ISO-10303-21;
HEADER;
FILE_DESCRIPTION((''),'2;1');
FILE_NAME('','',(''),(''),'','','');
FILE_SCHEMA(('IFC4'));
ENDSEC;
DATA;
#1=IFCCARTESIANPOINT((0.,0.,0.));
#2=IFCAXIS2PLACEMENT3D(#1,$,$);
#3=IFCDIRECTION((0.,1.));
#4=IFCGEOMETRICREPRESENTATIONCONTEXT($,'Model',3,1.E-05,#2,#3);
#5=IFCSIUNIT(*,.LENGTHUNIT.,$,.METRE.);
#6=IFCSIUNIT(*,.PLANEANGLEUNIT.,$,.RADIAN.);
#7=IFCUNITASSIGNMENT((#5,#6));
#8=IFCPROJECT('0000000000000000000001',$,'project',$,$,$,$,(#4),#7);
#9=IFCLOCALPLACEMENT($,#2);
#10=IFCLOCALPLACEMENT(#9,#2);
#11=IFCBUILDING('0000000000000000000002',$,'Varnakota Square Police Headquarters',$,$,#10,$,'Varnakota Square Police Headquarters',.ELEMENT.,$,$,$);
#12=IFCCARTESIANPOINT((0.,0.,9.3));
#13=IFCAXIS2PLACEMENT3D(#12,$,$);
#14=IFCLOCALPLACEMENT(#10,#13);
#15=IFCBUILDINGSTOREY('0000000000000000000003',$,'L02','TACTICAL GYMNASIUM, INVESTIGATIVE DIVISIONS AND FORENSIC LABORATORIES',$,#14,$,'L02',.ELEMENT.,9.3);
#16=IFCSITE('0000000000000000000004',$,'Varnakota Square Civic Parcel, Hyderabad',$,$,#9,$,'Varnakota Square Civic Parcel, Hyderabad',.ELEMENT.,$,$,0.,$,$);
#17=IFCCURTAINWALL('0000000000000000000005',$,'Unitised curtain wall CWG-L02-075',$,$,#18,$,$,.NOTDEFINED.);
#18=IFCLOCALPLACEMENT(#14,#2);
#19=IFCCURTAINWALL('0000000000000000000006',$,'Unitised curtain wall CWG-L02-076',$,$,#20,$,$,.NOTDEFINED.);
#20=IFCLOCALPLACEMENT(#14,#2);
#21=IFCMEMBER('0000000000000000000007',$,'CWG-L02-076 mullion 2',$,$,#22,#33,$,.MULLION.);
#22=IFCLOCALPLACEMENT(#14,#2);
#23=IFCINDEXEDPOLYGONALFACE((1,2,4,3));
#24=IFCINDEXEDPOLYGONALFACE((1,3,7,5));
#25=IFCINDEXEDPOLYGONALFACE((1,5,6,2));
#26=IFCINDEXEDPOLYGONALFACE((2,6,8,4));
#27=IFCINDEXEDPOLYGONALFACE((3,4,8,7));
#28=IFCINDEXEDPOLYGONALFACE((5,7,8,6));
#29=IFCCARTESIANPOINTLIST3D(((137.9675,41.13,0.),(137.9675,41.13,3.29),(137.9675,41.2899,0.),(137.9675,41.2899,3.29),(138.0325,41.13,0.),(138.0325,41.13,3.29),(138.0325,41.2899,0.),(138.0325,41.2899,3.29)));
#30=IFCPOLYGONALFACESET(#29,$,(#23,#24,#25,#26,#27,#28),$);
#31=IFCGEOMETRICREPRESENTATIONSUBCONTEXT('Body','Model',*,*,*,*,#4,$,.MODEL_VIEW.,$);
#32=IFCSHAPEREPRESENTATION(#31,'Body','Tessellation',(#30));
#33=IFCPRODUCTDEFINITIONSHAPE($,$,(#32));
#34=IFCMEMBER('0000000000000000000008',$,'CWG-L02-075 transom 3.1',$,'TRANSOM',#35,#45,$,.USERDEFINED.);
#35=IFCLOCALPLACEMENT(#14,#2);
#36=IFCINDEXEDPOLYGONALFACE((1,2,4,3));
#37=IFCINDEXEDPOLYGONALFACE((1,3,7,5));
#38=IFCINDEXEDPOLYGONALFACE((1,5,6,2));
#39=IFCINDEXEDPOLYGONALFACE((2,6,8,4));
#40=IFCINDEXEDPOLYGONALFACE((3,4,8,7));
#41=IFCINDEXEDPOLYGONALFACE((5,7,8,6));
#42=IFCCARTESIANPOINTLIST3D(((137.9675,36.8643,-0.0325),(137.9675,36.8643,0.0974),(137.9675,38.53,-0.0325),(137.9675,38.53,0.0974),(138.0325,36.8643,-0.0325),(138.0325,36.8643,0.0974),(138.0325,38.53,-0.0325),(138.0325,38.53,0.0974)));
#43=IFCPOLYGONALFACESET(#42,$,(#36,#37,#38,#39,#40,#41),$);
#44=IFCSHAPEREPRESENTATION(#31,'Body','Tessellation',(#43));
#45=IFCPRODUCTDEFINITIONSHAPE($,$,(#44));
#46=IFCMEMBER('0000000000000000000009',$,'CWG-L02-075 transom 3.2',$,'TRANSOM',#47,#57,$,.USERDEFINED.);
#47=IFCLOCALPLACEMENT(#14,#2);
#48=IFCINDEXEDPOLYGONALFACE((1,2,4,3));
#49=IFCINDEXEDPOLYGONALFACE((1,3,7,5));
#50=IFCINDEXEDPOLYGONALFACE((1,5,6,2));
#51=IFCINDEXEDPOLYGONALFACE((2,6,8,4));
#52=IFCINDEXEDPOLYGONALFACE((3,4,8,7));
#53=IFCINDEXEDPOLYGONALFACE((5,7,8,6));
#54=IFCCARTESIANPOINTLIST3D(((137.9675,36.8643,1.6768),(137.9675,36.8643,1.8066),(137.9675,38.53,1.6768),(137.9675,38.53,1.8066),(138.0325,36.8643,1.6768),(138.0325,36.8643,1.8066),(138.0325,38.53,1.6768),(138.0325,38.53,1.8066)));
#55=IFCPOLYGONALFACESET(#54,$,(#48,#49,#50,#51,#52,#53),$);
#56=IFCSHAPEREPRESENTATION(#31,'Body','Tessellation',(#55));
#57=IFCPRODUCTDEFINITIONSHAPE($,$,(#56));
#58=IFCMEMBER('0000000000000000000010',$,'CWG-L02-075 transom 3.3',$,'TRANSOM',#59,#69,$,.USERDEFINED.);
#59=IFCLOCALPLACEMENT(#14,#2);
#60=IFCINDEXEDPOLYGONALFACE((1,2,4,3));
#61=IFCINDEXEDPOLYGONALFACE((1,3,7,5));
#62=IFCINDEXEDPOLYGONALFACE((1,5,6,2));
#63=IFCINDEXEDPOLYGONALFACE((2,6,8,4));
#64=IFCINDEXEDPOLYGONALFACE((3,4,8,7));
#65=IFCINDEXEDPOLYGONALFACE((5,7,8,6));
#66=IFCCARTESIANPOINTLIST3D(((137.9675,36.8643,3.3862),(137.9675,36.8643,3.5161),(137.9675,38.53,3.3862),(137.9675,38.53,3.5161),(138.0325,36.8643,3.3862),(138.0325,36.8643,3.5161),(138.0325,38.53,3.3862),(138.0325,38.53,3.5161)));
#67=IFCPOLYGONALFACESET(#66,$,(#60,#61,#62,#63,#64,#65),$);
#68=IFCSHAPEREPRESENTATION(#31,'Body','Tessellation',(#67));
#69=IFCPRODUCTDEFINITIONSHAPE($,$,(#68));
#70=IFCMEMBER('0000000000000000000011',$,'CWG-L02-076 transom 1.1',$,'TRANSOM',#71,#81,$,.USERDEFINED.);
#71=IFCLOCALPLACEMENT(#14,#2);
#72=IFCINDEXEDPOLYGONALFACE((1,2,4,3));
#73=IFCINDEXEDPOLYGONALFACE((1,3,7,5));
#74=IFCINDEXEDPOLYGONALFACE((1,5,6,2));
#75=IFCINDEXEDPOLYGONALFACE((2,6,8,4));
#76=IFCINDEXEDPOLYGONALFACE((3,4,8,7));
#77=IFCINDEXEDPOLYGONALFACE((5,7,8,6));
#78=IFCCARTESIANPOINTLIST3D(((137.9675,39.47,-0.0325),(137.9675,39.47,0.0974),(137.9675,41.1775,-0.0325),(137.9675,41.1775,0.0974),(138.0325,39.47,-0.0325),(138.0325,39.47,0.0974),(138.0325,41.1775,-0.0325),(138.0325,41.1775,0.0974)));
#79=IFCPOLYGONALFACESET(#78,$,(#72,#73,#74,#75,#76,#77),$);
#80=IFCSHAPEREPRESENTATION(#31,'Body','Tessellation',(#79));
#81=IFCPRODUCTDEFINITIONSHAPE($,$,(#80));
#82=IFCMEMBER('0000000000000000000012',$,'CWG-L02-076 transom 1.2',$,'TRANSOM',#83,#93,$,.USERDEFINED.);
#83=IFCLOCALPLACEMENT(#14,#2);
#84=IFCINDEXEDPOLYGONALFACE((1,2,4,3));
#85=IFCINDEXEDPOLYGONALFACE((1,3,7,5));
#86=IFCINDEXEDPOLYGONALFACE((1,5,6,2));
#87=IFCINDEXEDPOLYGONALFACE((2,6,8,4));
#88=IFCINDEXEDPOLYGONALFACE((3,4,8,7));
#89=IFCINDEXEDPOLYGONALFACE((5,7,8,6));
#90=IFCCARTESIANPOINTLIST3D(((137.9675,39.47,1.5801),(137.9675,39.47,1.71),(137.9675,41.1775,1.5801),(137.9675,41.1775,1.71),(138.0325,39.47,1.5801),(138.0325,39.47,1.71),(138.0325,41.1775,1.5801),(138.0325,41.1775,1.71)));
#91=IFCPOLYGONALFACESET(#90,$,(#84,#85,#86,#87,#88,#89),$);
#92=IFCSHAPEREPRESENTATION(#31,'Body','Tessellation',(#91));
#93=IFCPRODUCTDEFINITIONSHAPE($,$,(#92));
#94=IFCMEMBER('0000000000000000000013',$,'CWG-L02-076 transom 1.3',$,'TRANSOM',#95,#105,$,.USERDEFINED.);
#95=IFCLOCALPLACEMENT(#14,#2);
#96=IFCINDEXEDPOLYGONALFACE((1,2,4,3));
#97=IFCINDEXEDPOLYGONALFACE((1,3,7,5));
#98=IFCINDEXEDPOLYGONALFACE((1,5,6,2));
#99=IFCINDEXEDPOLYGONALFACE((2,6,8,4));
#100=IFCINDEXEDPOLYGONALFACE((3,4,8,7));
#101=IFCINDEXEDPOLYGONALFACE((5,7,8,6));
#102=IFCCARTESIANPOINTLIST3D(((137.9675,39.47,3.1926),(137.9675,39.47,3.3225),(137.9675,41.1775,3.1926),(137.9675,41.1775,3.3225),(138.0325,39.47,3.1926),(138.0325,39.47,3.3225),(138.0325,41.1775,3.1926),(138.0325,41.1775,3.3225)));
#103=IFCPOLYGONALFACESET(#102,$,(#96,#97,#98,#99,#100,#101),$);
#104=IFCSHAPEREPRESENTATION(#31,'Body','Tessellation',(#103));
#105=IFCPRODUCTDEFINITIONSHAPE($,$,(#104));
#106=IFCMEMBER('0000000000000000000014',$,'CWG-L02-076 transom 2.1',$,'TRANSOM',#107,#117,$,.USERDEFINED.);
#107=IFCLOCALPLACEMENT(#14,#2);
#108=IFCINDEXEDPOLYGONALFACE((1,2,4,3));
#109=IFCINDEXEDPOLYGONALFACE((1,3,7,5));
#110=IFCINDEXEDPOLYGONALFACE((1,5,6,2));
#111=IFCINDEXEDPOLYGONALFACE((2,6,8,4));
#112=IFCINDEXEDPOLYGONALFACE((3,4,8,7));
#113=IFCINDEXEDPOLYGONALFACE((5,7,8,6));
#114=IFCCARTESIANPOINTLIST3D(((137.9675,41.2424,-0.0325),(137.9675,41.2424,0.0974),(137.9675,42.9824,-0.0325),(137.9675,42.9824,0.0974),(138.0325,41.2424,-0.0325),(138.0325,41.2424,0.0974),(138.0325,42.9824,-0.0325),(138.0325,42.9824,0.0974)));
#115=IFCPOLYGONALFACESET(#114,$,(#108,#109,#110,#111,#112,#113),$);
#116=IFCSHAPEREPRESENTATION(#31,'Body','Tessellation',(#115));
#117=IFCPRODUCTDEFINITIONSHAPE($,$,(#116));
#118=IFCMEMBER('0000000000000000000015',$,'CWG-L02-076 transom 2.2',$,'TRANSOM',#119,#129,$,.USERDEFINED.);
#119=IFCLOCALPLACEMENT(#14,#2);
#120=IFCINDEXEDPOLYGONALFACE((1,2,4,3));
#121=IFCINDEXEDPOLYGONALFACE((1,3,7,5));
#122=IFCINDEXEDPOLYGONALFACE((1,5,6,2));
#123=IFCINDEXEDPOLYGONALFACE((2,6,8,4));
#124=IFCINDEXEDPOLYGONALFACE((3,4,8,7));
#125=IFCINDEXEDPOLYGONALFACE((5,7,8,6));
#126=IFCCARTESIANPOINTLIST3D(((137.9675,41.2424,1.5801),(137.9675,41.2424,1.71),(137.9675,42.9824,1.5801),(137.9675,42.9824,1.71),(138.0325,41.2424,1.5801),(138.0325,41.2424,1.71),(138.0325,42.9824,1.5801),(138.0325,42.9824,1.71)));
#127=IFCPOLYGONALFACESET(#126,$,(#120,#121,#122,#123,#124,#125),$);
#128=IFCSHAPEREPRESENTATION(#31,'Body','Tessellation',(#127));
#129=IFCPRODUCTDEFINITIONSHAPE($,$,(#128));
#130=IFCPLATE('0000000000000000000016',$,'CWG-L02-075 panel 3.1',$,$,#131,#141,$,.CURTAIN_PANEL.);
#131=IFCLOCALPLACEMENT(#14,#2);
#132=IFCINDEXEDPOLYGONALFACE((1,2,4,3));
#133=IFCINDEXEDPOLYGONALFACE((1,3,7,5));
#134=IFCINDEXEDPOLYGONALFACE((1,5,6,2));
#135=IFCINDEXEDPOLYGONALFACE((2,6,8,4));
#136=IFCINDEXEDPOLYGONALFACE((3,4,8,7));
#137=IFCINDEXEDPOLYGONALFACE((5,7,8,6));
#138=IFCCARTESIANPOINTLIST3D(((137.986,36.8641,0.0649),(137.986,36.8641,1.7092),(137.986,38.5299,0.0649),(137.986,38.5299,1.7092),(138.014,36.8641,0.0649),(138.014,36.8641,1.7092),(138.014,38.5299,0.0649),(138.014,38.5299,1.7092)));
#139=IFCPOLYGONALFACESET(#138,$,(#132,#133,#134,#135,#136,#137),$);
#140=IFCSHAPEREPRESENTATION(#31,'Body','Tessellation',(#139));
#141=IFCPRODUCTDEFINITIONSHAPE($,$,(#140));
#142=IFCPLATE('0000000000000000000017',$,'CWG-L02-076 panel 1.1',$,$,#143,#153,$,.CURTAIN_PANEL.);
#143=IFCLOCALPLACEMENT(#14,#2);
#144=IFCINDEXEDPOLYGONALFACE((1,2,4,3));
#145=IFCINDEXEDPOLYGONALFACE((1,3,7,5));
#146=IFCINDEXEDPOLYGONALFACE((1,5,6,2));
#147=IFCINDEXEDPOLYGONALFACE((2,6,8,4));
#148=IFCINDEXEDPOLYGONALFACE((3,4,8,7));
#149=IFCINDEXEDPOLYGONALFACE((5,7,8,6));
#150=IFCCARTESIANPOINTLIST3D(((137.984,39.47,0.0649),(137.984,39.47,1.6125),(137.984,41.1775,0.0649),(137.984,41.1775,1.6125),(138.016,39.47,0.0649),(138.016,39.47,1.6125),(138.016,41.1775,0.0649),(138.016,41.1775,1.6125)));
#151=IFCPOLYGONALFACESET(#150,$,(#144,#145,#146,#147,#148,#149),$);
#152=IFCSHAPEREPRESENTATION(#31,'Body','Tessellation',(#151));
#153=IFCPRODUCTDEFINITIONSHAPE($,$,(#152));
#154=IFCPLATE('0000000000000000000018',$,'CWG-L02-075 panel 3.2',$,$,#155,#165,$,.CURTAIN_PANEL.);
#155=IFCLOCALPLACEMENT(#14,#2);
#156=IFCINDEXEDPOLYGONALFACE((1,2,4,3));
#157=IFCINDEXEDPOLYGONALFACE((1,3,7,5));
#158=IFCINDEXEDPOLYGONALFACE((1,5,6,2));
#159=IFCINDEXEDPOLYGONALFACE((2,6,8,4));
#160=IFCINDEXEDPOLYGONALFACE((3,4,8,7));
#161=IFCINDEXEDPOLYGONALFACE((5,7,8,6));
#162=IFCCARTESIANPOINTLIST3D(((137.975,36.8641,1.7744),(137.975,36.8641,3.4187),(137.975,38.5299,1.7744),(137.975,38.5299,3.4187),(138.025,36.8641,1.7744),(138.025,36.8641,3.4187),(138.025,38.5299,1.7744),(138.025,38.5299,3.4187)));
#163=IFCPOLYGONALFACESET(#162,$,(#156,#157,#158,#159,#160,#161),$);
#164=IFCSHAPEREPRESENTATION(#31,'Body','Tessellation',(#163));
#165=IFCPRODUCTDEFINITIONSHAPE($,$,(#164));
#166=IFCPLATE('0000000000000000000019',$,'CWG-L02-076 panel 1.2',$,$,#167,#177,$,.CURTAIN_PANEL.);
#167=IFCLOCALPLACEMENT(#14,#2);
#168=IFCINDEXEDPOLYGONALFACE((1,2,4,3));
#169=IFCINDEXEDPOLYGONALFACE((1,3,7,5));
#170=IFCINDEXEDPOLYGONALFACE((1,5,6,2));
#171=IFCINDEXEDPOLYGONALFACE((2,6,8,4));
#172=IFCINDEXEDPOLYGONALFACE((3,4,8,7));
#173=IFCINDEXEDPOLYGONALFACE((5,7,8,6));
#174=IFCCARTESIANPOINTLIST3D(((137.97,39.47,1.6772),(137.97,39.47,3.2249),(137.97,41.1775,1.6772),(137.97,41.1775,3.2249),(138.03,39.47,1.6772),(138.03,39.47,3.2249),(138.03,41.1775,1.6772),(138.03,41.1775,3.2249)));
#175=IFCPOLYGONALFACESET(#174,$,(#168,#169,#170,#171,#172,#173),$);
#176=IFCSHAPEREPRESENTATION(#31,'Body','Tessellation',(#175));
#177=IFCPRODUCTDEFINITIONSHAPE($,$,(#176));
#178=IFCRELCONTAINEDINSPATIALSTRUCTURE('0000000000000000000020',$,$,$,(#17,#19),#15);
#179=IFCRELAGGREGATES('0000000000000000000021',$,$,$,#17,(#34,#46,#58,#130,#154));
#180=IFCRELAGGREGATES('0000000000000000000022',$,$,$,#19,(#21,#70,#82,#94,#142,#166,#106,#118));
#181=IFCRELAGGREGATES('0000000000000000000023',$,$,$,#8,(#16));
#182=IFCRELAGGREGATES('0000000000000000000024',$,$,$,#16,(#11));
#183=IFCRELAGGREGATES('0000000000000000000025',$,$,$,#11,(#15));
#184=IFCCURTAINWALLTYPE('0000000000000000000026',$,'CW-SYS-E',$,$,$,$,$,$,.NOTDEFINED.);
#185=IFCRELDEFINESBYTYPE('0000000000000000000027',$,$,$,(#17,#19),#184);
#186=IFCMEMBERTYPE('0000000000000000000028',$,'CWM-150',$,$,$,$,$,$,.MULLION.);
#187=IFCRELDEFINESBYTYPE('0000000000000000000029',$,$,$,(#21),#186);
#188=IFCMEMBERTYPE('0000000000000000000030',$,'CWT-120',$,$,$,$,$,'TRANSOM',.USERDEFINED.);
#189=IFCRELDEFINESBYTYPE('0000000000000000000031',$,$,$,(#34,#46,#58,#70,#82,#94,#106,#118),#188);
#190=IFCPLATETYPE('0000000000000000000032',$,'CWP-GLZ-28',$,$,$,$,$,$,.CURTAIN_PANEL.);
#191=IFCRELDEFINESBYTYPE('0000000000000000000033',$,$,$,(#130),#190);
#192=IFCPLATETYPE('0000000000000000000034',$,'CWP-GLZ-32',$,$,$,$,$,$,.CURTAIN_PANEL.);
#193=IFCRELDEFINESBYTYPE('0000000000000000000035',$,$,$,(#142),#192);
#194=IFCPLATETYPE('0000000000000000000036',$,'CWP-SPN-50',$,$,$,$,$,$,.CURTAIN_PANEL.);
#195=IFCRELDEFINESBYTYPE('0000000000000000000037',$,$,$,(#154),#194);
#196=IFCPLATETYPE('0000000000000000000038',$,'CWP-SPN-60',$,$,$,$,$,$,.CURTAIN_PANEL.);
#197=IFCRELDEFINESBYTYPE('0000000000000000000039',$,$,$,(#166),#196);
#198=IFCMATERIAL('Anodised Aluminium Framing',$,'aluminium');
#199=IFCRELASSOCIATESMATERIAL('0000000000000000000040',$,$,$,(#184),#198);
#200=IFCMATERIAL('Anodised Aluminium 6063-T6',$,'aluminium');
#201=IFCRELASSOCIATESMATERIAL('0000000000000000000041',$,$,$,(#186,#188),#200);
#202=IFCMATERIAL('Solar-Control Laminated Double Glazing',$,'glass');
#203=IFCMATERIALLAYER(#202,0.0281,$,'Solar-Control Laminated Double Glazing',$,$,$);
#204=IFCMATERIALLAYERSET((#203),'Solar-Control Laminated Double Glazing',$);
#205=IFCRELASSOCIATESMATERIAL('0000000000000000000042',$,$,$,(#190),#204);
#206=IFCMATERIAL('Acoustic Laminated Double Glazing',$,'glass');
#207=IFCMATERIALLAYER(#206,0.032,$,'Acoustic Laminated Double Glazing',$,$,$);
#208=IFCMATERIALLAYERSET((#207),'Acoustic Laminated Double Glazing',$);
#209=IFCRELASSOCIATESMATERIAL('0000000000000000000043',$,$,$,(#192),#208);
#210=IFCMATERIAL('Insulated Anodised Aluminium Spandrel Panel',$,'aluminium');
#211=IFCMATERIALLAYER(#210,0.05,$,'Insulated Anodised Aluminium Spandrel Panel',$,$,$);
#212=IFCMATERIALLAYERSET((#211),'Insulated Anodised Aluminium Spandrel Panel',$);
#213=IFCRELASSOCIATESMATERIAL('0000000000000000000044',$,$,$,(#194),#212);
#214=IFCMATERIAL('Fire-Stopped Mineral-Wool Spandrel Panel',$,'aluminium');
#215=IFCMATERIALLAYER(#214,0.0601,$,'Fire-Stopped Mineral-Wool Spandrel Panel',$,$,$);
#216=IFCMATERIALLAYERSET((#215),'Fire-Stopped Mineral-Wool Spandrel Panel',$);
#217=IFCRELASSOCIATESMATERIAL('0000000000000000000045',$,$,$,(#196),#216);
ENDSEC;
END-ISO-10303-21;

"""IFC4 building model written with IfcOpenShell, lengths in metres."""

from ifc_helpers import new_model, si_unit, direction, frame, origin, origin_2d, place, context, subcontext, project, spatial, rectangle, extrude, material, layer, layer_set, material_profile, profile_set, type_object, element, aggregate, save


model = new_model("IFC4")

# Units and contexts
model_context = context("Model", 3, precision=1e-05, world=origin(), true_north=direction((0.0, 1.0)))
body_context = subcontext(model_context, "Body", "Model", "MODEL_VIEW")
ifc_project = project(units=[si_unit("LENGTHUNIT", "METRE"), si_unit("PLANEANGLEUNIT", "RADIAN")], contexts=[model_context])

# Site, building, storey
site_placement = place(None, origin())
site = spatial("IfcSite", under=ifc_project, at=site_placement, Name="Varnakota Square Civic Parcel, Hyderabad", LongName="Varnakota Square Civic Parcel, Hyderabad", CompositionType="ELEMENT", RefElevation=0.0)
building_placement = place(site_placement, origin())
building = spatial("IfcBuilding", under=site, at=building_placement, Name="Varnakota Square Police Headquarters", LongName="Varnakota Square Police Headquarters", CompositionType="ELEMENT")
storey_placement = place(building_placement, frame((0.0, 0.0, 9.3)))
storey = spatial("IfcBuildingStorey", under=building, at=storey_placement, Name="L02", Description="TACTICAL GYMNASIUM, INVESTIGATIVE DIVISIONS AND FORENSIC LABORATORIES", LongName="L02", CompositionType="ELEMENT", Elevation=9.3)

# Curtain walls, member
ifc_material_1 = material(Name="Anodised Aluminium Framing", Category="aluminium")
curtain_wall_type = type_object("IfcCurtainWallType", Name="CW-SYS-E", PredefinedType="NOTDEFINED", material=ifc_material_1)
curtain_wall_1_placement = place(storey_placement, origin())
curtain_wall_1 = element("IfcCurtainWall", 1, at=curtain_wall_1_placement, inside=storey, type_object=curtain_wall_type, Name="Unitised curtain wall CWG-L02-075", PredefinedType="NOTDEFINED")
ifc_material_2 = material(Name="Anodised Aluminium 6063-T6", Category="aluminium")
ifc_material_profile_1 = material_profile(ifc_material_2, rectangle(XDim=0.0649, YDim=0.1599, at=origin_2d()), Name="ALU MULLION 65x160")
ifc_profile_set_1 = profile_set([ifc_material_profile_1], Name="Anodised Aluminium 6063-T6")
member_type_1 = type_object("IfcMemberType", Name="CWM-150", PredefinedType="MULLION", material=ifc_profile_set_1)
curtain_wall_2_placement = place(storey_placement, origin())
curtain_wall_2 = element("IfcCurtainWall", 2, at=curtain_wall_2_placement, inside=storey, type_object=curtain_wall_type, Name="Unitised curtain wall CWG-L02-076", PredefinedType="NOTDEFINED")
member_1_placement = place(storey_placement, frame((138.0, 41.21, 0.0), z_axis=(0.0, 0.0, 1.0), x_axis=(-1.0, 0.0, 0.0)))
member_1 = element("IfcMember", 3, at=member_1_placement, type_object=member_type_1, Name="CWG-L02-076 mullion 2", PredefinedType="MULLION", context=body_context, shape_type="SweptSolid", body=[
    extrude(rectangle(XDim=0.0649, YDim=0.1599, at=origin_2d()), origin(), (0.0, 0.0, 1.0), 3.29),
])

# Members
ifc_material_profile_2 = material_profile(ifc_material_2, rectangle(XDim=0.0649, YDim=0.1299, at=origin_2d()), Name="ALU TRANSOM 65x130")
ifc_profile_set_2 = profile_set([ifc_material_profile_2], Name="Anodised Aluminium 6063-T6")
member_type_2 = type_object("IfcMemberType", Name="CWT-120", ElementType="TRANSOM", PredefinedType="USERDEFINED", material=ifc_profile_set_2)
member_2_placement = place(storey_placement, frame((138.0, 36.8643, 0.0325), z_axis=(0.0, 1.0, 0.0), x_axis=(-1.0, 0.0, 0.0)))
member_2 = element("IfcMember", 4, at=member_2_placement, type_object=member_type_2, Name="CWG-L02-075 transom 3.1", ObjectType="TRANSOM", PredefinedType="USERDEFINED", context=body_context, shape_type="SweptSolid", body=[
    extrude(rectangle(XDim=0.0649, YDim=0.1299, at=origin_2d()), origin(), (0.0, 0.0, 1.0), 1.6658),
])
member_3_placement = place(storey_placement, frame((138.0, 36.8643, 1.7417), z_axis=(0.0, 1.0, 0.0), x_axis=(-1.0, 0.0, 0.0)))
member_3 = element("IfcMember", 5, at=member_3_placement, type_object=member_type_2, Name="CWG-L02-075 transom 3.2", ObjectType="TRANSOM", PredefinedType="USERDEFINED", context=body_context, shape_type="SweptSolid", body=[
    extrude(rectangle(XDim=0.0649, YDim=0.1299, at=origin_2d()), origin(), (0.0, 0.0, 1.0), 1.6658),
])
member_4_placement = place(storey_placement, frame((138.0, 36.8643, 3.4512), z_axis=(0.0, 1.0, 0.0), x_axis=(-1.0, 0.0, 0.0)))
member_4 = element("IfcMember", 6, at=member_4_placement, type_object=member_type_2, Name="CWG-L02-075 transom 3.3", ObjectType="TRANSOM", PredefinedType="USERDEFINED", context=body_context, shape_type="SweptSolid", body=[
    extrude(rectangle(XDim=0.0649, YDim=0.1299, at=origin_2d()), origin(), (0.0, 0.0, 1.0), 1.6658),
])
member_5_placement = place(storey_placement, frame((138.0, 39.47, 0.0325), z_axis=(0.0, 1.0, 0.0), x_axis=(-1.0, 0.0, 0.0)))
member_5 = element("IfcMember", 7, at=member_5_placement, type_object=member_type_2, Name="CWG-L02-076 transom 1.1", ObjectType="TRANSOM", PredefinedType="USERDEFINED", context=body_context, shape_type="SweptSolid", body=[
    extrude(rectangle(XDim=0.0649, YDim=0.1299, at=origin_2d()), origin(), (0.0, 0.0, 1.0), 1.7075),
])
member_6_placement = place(storey_placement, frame((138.0, 39.47, 1.645), z_axis=(0.0, 1.0, 0.0), x_axis=(-1.0, 0.0, 0.0)))
member_6 = element("IfcMember", 8, at=member_6_placement, type_object=member_type_2, Name="CWG-L02-076 transom 1.2", ObjectType="TRANSOM", PredefinedType="USERDEFINED", context=body_context, shape_type="SweptSolid", body=[
    extrude(rectangle(XDim=0.0649, YDim=0.1299, at=origin_2d()), origin(), (0.0, 0.0, 1.0), 1.7075),
])
member_7_placement = place(storey_placement, frame((138.0, 39.47, 3.2576), z_axis=(0.0, 1.0, 0.0), x_axis=(-1.0, 0.0, 0.0)))
member_7 = element("IfcMember", 9, at=member_7_placement, type_object=member_type_2, Name="CWG-L02-076 transom 1.3", ObjectType="TRANSOM", PredefinedType="USERDEFINED", context=body_context, shape_type="SweptSolid", body=[
    extrude(rectangle(XDim=0.0649, YDim=0.1299, at=origin_2d()), origin(), (0.0, 0.0, 1.0), 1.7075),
])
member_8_placement = place(storey_placement, frame((138.0, 41.2424, 0.0325), z_axis=(0.0, 1.0, 0.0), x_axis=(-1.0, 0.0, 0.0)))
member_8 = element("IfcMember", 10, at=member_8_placement, type_object=member_type_2, Name="CWG-L02-076 transom 2.1", ObjectType="TRANSOM", PredefinedType="USERDEFINED", context=body_context, shape_type="SweptSolid", body=[
    extrude(rectangle(XDim=0.0649, YDim=0.1299, at=origin_2d()), origin(), (0.0, 0.0, 1.0), 1.74),
])
member_9_placement = place(storey_placement, frame((138.0, 41.2424, 1.645), z_axis=(0.0, 1.0, 0.0), x_axis=(-1.0, 0.0, 0.0)))
member_9 = element("IfcMember", 11, at=member_9_placement, type_object=member_type_2, Name="CWG-L02-076 transom 2.2", ObjectType="TRANSOM", PredefinedType="USERDEFINED", context=body_context, shape_type="SweptSolid", body=[
    extrude(rectangle(XDim=0.0649, YDim=0.1299, at=origin_2d()), origin(), (0.0, 0.0, 1.0), 1.74),
])

# Plates
ifc_material_3 = material(Name="Solar-Control Laminated Double Glazing", Category="glass")
ifc_layer_1 = layer(ifc_material_3, 0.0281, Name="Solar-Control Laminated Double Glazing")
ifc_layer_set_1 = layer_set([ifc_layer_1], Name="Solar-Control Laminated Double Glazing")
plate_type_1 = type_object("IfcPlateType", Name="CWP-GLZ-28", PredefinedType="CURTAIN_PANEL", material=ifc_layer_set_1)
plate_1_placement = place(storey_placement, frame((138.0, 37.697, 0.0649), z_axis=(0.0, 0.0, 1.0), x_axis=(0.0, 1.0, 0.0)))
plate_1 = element("IfcPlate", 12, at=plate_1_placement, type_object=plate_type_1, Name="CWG-L02-075 panel 3.1", PredefinedType="CURTAIN_PANEL", context=body_context, shape_type="SweptSolid", body=[
    extrude(rectangle(XDim=1.6658, YDim=0.0281, at=origin_2d()), origin(), (0.0, 0.0, 1.0), 1.6443),
])
ifc_material_4 = material(Name="Acoustic Laminated Double Glazing", Category="glass")
ifc_layer_2 = layer(ifc_material_4, 0.032, Name="Acoustic Laminated Double Glazing")
ifc_layer_set_2 = layer_set([ifc_layer_2], Name="Acoustic Laminated Double Glazing")
plate_type_2 = type_object("IfcPlateType", Name="CWP-GLZ-32", PredefinedType="CURTAIN_PANEL", material=ifc_layer_set_2)
plate_2_placement = place(storey_placement, frame((138.0, 40.3237, 0.0649), z_axis=(0.0, 0.0, 1.0), x_axis=(0.0, 1.0, 0.0)))
plate_2 = element("IfcPlate", 13, at=plate_2_placement, type_object=plate_type_2, Name="CWG-L02-076 panel 1.1", PredefinedType="CURTAIN_PANEL", context=body_context, shape_type="SweptSolid", body=[
    extrude(rectangle(XDim=1.7075, YDim=0.032, at=origin_2d()), origin(), (0.0, 0.0, 1.0), 1.5476),
])
ifc_material_5 = material(Name="Insulated Anodised Aluminium Spandrel Panel", Category="aluminium")
ifc_layer_3 = layer(ifc_material_5, 0.05, Name="Insulated Anodised Aluminium Spandrel Panel")
ifc_layer_set_3 = layer_set([ifc_layer_3], Name="Insulated Anodised Aluminium Spandrel Panel")
plate_type_3 = type_object("IfcPlateType", Name="CWP-SPN-50", PredefinedType="CURTAIN_PANEL", material=ifc_layer_set_3)
plate_3_placement = place(storey_placement, frame((138.0, 37.697, 1.7744), z_axis=(0.0, 0.0, 1.0), x_axis=(0.0, 1.0, 0.0)))
plate_3 = element("IfcPlate", 14, at=plate_3_placement, type_object=plate_type_3, Name="CWG-L02-075 panel 3.2", PredefinedType="CURTAIN_PANEL", context=body_context, shape_type="SweptSolid", body=[
    extrude(rectangle(XDim=1.6658, YDim=0.05, at=origin_2d()), origin(), (0.0, 0.0, 1.0), 1.6443),
])
aggregate(curtain_wall_1, [member_2, member_3, member_4, plate_1, plate_3])
ifc_material_6 = material(Name="Fire-Stopped Mineral-Wool Spandrel Panel", Category="aluminium")
ifc_layer_4 = layer(ifc_material_6, 0.0601, Name="Fire-Stopped Mineral-Wool Spandrel Panel")
ifc_layer_set_4 = layer_set([ifc_layer_4], Name="Fire-Stopped Mineral-Wool Spandrel Panel")
plate_type_4 = type_object("IfcPlateType", Name="CWP-SPN-60", PredefinedType="CURTAIN_PANEL", material=ifc_layer_set_4)
plate_4_placement = place(storey_placement, frame((138.0, 40.3237, 1.6772), z_axis=(0.0, 0.0, 1.0), x_axis=(0.0, 1.0, 0.0)))
plate_4 = element("IfcPlate", 15, at=plate_4_placement, type_object=plate_type_4, Name="CWG-L02-076 panel 1.2", PredefinedType="CURTAIN_PANEL", context=body_context, shape_type="SweptSolid", body=[
    extrude(rectangle(XDim=1.7075, YDim=0.0601, at=origin_2d()), origin(), (0.0, 0.0, 1.0), 1.5476),
])
aggregate(curtain_wall_2, [member_1, member_5, member_6, member_7, plate_2, plate_4, member_8, member_9])

save(model, "model.ifc")
